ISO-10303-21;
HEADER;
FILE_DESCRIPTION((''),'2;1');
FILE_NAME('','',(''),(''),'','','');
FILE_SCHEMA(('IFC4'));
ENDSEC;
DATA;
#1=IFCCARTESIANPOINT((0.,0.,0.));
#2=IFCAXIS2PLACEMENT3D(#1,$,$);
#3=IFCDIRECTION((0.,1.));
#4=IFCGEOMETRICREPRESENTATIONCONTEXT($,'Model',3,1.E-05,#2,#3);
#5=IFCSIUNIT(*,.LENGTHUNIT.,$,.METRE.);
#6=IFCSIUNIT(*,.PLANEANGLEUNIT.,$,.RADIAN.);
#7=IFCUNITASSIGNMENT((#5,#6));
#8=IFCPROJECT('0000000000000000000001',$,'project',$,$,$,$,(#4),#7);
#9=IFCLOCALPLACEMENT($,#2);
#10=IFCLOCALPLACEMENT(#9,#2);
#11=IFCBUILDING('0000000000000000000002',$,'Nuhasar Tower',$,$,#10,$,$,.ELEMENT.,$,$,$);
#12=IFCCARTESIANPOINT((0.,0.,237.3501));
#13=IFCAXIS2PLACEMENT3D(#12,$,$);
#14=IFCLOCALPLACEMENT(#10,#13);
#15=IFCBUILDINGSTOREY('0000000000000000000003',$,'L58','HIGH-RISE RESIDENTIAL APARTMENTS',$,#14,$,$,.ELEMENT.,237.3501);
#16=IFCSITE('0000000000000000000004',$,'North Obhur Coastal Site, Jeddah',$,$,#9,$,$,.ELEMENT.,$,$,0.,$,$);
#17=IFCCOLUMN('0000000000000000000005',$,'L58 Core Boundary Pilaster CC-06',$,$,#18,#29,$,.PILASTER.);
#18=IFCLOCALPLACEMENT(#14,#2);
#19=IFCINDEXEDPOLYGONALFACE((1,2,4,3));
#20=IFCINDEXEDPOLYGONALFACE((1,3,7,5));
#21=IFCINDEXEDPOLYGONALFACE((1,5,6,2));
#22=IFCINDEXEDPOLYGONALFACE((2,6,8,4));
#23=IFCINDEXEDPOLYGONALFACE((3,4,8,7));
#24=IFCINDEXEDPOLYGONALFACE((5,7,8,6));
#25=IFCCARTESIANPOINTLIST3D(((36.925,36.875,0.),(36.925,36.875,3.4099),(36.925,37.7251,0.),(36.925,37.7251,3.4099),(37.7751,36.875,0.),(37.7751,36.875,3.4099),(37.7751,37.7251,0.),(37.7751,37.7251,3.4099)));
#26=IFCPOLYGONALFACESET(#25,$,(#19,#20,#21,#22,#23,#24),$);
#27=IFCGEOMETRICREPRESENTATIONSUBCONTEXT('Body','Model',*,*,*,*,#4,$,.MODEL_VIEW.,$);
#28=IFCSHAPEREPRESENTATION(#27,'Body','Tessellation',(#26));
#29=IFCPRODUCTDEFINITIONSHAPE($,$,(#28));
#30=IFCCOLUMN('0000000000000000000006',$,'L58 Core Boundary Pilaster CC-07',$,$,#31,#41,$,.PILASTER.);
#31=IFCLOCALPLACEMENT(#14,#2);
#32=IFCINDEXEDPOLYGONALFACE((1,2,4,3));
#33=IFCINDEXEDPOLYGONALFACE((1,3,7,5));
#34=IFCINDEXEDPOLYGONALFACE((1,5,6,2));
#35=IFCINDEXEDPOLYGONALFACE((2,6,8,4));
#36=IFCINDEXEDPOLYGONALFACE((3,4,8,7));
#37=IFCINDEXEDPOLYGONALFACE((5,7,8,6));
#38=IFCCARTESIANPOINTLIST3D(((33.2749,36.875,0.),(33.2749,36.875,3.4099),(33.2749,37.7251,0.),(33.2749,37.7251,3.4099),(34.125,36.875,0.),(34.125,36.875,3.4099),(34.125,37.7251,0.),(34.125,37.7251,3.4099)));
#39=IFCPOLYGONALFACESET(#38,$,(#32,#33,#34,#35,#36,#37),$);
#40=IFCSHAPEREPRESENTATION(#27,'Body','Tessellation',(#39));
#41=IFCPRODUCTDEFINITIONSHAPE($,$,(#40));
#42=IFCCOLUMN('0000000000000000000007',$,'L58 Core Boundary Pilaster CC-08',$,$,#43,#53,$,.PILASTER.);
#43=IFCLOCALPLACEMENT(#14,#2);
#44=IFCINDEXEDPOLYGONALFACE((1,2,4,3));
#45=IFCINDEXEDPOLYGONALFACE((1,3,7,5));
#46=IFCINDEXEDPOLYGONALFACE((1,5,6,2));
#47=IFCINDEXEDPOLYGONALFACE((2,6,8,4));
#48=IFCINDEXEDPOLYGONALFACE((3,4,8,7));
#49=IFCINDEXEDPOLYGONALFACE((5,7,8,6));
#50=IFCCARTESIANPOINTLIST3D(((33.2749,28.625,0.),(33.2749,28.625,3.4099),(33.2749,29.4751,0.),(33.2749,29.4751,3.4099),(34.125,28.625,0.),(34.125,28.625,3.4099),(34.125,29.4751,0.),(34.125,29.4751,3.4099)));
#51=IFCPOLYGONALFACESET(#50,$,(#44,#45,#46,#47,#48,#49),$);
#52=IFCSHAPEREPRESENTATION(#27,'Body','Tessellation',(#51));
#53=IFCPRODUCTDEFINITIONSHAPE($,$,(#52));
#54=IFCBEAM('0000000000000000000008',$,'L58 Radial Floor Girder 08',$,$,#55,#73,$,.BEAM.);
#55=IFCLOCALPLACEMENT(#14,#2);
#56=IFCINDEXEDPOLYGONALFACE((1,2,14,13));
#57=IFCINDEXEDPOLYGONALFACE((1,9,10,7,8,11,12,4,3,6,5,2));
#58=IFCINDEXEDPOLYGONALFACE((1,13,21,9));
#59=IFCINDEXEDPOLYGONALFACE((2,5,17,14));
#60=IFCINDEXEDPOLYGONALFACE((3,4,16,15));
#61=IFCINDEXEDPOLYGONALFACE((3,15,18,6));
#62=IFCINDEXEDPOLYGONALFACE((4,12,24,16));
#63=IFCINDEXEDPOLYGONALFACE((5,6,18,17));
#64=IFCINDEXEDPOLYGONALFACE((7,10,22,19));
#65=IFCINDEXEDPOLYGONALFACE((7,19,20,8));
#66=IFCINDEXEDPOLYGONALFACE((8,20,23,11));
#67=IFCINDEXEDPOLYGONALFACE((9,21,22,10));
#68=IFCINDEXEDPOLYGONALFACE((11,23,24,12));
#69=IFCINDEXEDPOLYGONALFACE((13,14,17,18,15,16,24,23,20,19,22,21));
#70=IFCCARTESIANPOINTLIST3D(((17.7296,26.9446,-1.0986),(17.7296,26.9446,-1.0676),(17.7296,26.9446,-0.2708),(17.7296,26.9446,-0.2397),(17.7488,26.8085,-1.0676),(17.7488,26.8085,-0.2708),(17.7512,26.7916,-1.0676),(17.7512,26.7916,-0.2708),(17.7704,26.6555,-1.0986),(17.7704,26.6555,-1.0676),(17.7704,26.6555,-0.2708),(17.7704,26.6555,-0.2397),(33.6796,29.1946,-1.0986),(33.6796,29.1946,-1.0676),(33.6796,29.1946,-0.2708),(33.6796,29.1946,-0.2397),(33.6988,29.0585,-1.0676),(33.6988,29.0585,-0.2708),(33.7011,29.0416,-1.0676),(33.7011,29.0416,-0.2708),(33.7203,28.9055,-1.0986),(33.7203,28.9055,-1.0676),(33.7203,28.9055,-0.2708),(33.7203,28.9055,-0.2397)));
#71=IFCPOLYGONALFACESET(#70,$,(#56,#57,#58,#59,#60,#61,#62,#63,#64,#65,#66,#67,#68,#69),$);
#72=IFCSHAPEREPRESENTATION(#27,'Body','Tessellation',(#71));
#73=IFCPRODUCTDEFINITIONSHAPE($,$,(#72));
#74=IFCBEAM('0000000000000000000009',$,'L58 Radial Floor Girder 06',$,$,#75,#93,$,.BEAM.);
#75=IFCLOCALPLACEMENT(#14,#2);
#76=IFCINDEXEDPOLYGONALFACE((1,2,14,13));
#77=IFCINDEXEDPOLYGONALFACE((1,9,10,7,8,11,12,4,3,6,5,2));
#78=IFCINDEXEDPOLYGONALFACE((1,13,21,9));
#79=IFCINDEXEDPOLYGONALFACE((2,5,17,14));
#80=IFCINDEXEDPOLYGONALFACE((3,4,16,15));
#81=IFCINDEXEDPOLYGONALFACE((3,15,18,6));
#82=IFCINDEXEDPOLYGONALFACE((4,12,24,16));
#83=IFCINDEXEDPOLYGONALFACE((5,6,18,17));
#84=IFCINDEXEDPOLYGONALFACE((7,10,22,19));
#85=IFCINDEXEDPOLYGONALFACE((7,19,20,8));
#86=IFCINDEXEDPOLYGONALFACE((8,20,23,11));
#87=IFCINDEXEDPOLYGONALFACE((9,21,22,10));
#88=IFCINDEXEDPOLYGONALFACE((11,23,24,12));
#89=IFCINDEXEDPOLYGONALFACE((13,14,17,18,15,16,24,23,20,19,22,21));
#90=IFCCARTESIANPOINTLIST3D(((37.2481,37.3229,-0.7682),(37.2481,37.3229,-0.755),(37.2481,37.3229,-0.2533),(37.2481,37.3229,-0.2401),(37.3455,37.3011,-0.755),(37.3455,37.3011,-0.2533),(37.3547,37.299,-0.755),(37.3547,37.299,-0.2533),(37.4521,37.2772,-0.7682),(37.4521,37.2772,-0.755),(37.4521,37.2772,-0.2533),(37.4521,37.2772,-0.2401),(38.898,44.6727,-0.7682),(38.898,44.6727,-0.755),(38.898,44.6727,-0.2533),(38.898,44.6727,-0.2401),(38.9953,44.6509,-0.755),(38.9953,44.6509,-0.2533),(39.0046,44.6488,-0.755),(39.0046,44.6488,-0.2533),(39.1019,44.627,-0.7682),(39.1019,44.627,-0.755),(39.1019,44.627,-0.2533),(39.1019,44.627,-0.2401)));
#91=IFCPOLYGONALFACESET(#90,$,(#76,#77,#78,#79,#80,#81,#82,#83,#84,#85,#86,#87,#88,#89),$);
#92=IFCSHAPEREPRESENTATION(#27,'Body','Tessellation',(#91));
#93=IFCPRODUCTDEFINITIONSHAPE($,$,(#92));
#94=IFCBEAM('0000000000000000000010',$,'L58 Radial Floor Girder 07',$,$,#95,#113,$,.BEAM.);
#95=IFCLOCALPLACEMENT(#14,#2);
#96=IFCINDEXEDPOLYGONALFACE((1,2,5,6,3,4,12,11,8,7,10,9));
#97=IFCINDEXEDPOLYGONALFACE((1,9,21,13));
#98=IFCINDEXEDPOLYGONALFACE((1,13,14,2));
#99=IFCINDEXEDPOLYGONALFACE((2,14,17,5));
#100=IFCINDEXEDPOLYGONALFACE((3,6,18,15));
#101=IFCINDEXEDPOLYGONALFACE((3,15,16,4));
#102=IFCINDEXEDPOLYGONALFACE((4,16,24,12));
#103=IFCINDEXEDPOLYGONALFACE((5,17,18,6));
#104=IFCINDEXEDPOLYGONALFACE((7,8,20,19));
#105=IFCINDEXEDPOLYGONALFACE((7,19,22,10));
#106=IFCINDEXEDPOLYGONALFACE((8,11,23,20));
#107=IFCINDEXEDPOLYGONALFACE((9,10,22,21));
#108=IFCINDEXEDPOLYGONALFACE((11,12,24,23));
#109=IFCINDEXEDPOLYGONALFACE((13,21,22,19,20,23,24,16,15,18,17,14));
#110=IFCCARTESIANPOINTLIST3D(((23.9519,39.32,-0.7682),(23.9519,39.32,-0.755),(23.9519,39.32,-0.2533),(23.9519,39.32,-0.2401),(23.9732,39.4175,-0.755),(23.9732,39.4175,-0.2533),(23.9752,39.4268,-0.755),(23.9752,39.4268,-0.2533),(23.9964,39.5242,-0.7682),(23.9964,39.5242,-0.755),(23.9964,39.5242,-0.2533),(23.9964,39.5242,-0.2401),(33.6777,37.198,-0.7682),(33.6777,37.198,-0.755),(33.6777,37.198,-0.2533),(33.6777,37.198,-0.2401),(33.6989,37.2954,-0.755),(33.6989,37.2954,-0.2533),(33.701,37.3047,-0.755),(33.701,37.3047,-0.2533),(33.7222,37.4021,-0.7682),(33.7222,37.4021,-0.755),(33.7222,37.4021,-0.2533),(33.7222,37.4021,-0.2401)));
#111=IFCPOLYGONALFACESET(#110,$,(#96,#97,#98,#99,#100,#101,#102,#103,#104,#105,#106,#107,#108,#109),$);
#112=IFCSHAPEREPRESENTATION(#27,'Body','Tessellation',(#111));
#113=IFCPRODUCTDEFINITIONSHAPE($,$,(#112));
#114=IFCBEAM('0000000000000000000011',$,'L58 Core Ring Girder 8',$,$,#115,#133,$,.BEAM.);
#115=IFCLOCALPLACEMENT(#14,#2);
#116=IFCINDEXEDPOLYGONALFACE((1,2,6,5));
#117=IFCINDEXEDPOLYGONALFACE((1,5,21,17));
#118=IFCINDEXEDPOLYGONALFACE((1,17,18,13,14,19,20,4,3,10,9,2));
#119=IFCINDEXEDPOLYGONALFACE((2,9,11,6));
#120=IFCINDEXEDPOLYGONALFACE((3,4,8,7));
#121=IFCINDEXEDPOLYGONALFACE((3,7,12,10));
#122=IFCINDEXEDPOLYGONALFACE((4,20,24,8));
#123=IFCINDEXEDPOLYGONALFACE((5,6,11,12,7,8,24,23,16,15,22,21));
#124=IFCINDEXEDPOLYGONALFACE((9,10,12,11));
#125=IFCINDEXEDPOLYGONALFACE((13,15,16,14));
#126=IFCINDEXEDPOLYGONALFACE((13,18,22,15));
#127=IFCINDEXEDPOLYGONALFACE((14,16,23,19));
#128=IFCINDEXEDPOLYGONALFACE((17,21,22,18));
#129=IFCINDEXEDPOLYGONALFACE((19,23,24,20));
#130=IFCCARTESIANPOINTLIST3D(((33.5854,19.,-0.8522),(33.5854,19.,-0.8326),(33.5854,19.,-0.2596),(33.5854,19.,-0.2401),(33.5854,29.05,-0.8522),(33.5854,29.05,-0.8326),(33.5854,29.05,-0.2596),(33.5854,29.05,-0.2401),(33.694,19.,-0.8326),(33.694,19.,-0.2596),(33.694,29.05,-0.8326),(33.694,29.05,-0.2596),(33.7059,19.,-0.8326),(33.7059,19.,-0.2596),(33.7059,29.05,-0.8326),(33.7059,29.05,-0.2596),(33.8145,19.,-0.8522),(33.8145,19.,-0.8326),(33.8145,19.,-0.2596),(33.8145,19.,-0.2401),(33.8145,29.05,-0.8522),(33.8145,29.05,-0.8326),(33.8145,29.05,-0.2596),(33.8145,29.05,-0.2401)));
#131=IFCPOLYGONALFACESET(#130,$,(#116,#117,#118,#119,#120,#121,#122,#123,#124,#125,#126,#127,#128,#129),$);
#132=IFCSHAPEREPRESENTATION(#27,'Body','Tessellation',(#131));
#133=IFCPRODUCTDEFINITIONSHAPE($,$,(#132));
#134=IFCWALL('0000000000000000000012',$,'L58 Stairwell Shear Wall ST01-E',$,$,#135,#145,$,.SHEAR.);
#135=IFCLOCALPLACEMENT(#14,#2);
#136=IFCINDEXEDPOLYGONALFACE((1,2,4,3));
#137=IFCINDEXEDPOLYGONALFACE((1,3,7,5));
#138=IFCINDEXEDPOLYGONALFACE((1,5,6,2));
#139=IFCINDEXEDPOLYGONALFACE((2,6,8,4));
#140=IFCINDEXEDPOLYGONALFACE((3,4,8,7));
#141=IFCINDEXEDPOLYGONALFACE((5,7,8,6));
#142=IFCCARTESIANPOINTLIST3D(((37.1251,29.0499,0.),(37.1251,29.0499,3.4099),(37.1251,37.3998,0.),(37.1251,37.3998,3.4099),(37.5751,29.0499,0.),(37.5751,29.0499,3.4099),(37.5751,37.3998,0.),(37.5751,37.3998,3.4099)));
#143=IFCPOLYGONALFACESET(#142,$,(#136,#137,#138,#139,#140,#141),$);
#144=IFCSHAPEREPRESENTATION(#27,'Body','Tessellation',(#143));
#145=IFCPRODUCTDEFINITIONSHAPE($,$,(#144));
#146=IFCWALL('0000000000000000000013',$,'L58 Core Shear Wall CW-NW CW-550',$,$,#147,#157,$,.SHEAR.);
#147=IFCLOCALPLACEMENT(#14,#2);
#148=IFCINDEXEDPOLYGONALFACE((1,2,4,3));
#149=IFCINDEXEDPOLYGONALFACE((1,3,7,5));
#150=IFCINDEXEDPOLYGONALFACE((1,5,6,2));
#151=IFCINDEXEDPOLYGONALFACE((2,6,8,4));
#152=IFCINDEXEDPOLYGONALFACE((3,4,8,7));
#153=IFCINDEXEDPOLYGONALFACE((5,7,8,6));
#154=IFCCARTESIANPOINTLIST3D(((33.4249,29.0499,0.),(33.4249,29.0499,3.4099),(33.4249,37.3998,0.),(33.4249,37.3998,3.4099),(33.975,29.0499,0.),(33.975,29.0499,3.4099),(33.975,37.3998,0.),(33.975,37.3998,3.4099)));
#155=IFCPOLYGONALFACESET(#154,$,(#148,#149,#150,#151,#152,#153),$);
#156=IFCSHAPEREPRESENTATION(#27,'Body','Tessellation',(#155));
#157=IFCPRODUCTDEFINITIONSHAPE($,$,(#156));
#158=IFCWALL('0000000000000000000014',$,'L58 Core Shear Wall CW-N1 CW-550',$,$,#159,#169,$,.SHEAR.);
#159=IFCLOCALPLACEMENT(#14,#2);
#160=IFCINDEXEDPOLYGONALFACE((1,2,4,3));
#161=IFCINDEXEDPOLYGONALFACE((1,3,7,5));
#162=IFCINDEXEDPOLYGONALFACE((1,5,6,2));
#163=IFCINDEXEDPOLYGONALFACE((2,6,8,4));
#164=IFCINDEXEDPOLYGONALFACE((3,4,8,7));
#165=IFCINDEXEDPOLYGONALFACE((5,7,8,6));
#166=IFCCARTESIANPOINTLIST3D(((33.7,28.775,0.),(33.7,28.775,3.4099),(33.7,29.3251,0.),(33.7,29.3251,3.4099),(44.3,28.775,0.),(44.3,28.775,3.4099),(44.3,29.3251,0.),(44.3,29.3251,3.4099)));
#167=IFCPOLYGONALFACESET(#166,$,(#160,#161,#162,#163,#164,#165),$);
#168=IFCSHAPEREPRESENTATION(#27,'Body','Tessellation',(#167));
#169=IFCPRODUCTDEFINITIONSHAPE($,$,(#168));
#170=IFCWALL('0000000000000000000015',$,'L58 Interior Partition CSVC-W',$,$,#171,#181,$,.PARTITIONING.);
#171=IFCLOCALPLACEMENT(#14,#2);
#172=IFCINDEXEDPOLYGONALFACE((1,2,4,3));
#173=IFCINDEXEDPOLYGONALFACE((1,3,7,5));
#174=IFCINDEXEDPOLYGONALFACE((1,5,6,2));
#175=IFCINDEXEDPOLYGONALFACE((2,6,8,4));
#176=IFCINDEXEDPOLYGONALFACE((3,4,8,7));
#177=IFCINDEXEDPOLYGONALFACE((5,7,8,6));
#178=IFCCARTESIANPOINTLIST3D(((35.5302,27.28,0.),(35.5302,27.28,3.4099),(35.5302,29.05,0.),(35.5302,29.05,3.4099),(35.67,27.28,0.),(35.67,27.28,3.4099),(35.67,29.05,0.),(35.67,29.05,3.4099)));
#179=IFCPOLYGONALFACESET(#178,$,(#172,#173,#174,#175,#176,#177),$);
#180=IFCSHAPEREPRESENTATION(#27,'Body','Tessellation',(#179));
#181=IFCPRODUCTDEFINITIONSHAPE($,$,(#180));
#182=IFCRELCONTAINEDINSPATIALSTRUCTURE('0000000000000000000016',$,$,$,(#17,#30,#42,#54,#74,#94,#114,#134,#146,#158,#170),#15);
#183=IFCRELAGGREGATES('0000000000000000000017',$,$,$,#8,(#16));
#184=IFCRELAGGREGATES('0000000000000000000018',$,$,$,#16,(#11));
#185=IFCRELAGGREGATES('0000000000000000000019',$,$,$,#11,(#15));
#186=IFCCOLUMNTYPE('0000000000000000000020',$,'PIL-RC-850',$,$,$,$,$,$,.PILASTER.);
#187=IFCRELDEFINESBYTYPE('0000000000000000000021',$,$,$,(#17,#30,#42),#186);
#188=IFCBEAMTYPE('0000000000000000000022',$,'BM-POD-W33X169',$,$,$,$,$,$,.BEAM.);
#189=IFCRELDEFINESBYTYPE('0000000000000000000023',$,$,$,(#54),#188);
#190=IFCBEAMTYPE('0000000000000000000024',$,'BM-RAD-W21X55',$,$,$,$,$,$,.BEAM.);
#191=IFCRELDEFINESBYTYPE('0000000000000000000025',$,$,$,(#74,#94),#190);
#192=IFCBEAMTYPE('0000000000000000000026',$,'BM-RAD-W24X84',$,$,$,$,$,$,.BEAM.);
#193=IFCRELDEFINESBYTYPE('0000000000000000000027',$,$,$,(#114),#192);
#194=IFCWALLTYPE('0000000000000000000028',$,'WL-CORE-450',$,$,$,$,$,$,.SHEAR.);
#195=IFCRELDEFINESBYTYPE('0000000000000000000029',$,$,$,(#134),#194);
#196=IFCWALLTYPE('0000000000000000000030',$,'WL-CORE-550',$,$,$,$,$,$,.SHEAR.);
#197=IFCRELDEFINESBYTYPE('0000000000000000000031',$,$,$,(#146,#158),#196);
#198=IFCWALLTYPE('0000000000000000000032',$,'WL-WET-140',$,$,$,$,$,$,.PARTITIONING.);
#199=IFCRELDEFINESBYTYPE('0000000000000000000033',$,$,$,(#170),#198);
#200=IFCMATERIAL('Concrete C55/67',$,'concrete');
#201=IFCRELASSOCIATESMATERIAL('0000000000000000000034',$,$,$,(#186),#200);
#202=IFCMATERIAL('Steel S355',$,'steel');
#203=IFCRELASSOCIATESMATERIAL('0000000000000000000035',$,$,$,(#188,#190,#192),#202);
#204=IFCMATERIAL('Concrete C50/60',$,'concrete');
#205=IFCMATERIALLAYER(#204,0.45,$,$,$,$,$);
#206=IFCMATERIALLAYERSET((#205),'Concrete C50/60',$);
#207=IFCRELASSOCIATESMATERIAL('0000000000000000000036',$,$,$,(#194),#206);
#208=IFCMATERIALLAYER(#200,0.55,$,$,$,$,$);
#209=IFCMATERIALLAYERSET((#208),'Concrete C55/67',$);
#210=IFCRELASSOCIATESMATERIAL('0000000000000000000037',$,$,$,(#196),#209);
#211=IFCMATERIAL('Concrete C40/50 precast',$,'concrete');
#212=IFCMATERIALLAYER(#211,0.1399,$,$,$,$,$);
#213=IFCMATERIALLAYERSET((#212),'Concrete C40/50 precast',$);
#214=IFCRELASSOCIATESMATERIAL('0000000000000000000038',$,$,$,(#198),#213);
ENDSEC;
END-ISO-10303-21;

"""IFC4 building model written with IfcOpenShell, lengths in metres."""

from ifc_helpers import new_model, si_unit, direction, frame, frame_2d, origin, origin_2d, place, context, subcontext, project, spatial, rectangle, i_section, extrude, material, layer, layer_set, material_profile, profile_set, type_object, element, save


model = new_model("IFC4")

# Units and contexts
model_context = context("Model", 3, precision=1e-05, world=origin(), true_north=direction((0.0, 1.0)))
body_context = subcontext(model_context, "Body", "Model", "MODEL_VIEW")
ifc_project = project(units=[si_unit("LENGTHUNIT", "METRE"), si_unit("PLANEANGLEUNIT", "RADIAN")], contexts=[model_context])

# Site, building, storey
site_placement = place(None, origin())
site = spatial("IfcSite", under=ifc_project, at=site_placement, Name="North Obhur Coastal Site, Jeddah", CompositionType="ELEMENT", RefElevation=0.0)
building_placement = place(site_placement, origin())
building = spatial("IfcBuilding", under=site, at=building_placement, Name="Nuhasar Tower", CompositionType="ELEMENT")
storey_placement = place(building_placement, frame((0.0, 0.0, 237.3501)))
storey = spatial("IfcBuildingStorey", under=building, at=storey_placement, Name="L58", Description="HIGH-RISE RESIDENTIAL APARTMENTS", CompositionType="ELEMENT", Elevation=237.3501)

# Columns
ifc_material_1 = material(Name="Concrete C55/67", Category="concrete")
ifc_material_profile_1 = material_profile(ifc_material_1, rectangle(XDim=0.8501, YDim=0.8501, at=origin_2d()), Name="RC850X850")
ifc_profile_set_1 = profile_set([ifc_material_profile_1], Name="Concrete C55/67")
column_type = type_object("IfcColumnType", Name="PIL-RC-850", PredefinedType="PILASTER", material=ifc_profile_set_1)
for number, where, z_axis, x_axis, name in (
    (1, (37.3501, 37.3, 0.0), (0.0, 0.0, 1.0), (1.0, 0.0, 0.0), "L58 Core Boundary Pilaster CC-06"),
    (2, (33.7, 37.3, 0.0), (0.0, 0.0, 1.0), (1.0, 0.0, 0.0), "L58 Core Boundary Pilaster CC-07"),
    (3, (33.7, 29.05, 0.0), (0.0, 0.0, 1.0), (1.0, 0.0, 0.0), "L58 Core Boundary Pilaster CC-08"),
):
    element("IfcColumn", number, at=place(storey_placement, frame(where, z_axis=z_axis, x_axis=x_axis)), inside=storey, type_object=column_type, Name=name, PredefinedType="PILASTER", context=body_context, shape_type="SweptSolid", body=[
        extrude(rectangle(XDim=0.8501, YDim=0.8501, at=origin_2d()), origin(), (0.0, 0.0, 1.0), 3.4099),
    ])

# Beams
ifc_material_2 = material(Name="Steel S355", Category="steel")
ifc_material_profile_2 = material_profile(ifc_material_2, i_section(OverallWidth=0.292, OverallDepth=0.8589, WebThickness=0.0171, FlangeThickness=0.031, at=origin_2d()), Name="W33X169")
ifc_profile_set_2 = profile_set([ifc_material_profile_2], Name="Steel S355")
beam_type_1 = type_object("IfcBeamType", Name="BM-POD-W33X169", PredefinedType="BEAM", material=ifc_profile_set_2)
beam_1_placement = place(storey_placement, frame((33.7, 29.05, -0.6692), z_axis=(-0.990196, -0.139683, 0.0), x_axis=(0.139683, -0.990196, 0.0)))
element("IfcBeam", 4, at=beam_1_placement, inside=storey, type_object=beam_type_1, Name="L58 Radial Floor Girder 08", PredefinedType="BEAM", context=body_context, shape_type="SweptSolid", body=[
    extrude(i_section(OverallWidth=0.292, OverallDepth=0.8589, WebThickness=0.0171, FlangeThickness=0.031, at=origin_2d()), origin(), (0.0, 0.0, 1.0), 16.1079),
])
ifc_material_profile_3 = material_profile(ifc_material_2, i_section(OverallWidth=0.209, OverallDepth=0.5281, WebThickness=0.0095, FlangeThickness=0.0132, at=origin_2d()), Name="W21X55")
ifc_profile_set_3 = profile_set([ifc_material_profile_3], Name="Steel S355")
beam_type_2 = type_object("IfcBeamType", Name="BM-RAD-W21X55", PredefinedType="BEAM", material=ifc_profile_set_3)
beam_2_placement = place(storey_placement, frame((37.3501, 37.3, -0.5042), z_axis=(0.21903, 0.975718, 0.0), x_axis=(-0.975718, 0.21903, 0.0)))
element("IfcBeam", 5, at=beam_2_placement, inside=storey, type_object=beam_type_2, Name="L58 Radial Floor Girder 06", PredefinedType="BEAM", context=body_context, shape_type="SweptSolid", body=[
    extrude(i_section(OverallWidth=0.209, OverallDepth=0.5281, WebThickness=0.0095, FlangeThickness=0.0132, at=origin_2d()), origin(), (0.0, 0.0, 1.0), 7.5327),
])
beam_3_placement = place(storey_placement, frame((33.7, 37.3, -0.5042), z_axis=(-0.977014, 0.213174, 0.0), x_axis=(-0.213174, -0.977014, 0.0)))
element("IfcBeam", 6, at=beam_3_placement, inside=storey, type_object=beam_type_2, Name="L58 Radial Floor Girder 07", PredefinedType="BEAM", context=body_context, shape_type="SweptSolid", body=[
    extrude(i_section(OverallWidth=0.209, OverallDepth=0.5281, WebThickness=0.0095, FlangeThickness=0.0132, at=origin_2d()), origin(), (0.0, 0.0, 1.0), 9.9546),
])
ifc_material_profile_4 = material_profile(ifc_material_2, i_section(OverallWidth=0.229, OverallDepth=0.6121, WebThickness=0.012, FlangeThickness=0.0195, at=origin_2d()), Name="W24X84")
ifc_profile_set_4 = profile_set([ifc_material_profile_4], Name="Steel S355")
beam_type_3 = type_object("IfcBeamType", Name="BM-RAD-W24X84", PredefinedType="BEAM", material=ifc_profile_set_4)
beam_4_placement = place(storey_placement, frame((33.7, 29.05, -0.5461), z_axis=(0.0, -1.0, 0.0), x_axis=(1.0, 0.0, 0.0)))
element("IfcBeam", 7, at=beam_4_placement, inside=storey, type_object=beam_type_3, Name="L58 Core Ring Girder 8", PredefinedType="BEAM", context=body_context, shape_type="SweptSolid", body=[
    extrude(i_section(OverallWidth=0.229, OverallDepth=0.6121, WebThickness=0.012, FlangeThickness=0.0195, at=origin_2d()), origin(), (0.0, 0.0, 1.0), 10.05),
])

# Walls
ifc_material_3 = material(Name="Concrete C50/60", Category="concrete")
ifc_layer_1 = layer(ifc_material_3, 0.45)
ifc_layer_set_1 = layer_set([ifc_layer_1], Name="Concrete C50/60")
wall_type_1 = type_object("IfcWallType", Name="WL-CORE-450", PredefinedType="SHEAR", material=ifc_layer_set_1)
wall_1_placement = place(storey_placement, frame((37.3501, 29.05, 0.0), z_axis=(0.0, 0.0, 1.0), x_axis=(0.0, 1.0, 0.0)))
element("IfcWall", 8, at=wall_1_placement, inside=storey, type_object=wall_type_1, Name="L58 Stairwell Shear Wall ST01-E", PredefinedType="SHEAR", context=body_context, shape_type="SweptSolid", body=[
    extrude(rectangle(XDim=8.3499, YDim=0.45, at=frame_2d((4.1748, 0.0))), origin(), (0.0, 0.0, 1.0), 3.4099),
])
ifc_layer_2 = layer(ifc_material_1, 0.55)
ifc_layer_set_2 = layer_set([ifc_layer_2], Name="Concrete C55/67")
wall_type_2 = type_object("IfcWallType", Name="WL-CORE-550", PredefinedType="SHEAR", material=ifc_layer_set_2)
wall_2_placement = place(storey_placement, frame((33.7, 29.05, 0.0), z_axis=(0.0, 0.0, 1.0), x_axis=(0.0, 1.0, 0.0)))
element("IfcWall", 9, at=wall_2_placement, inside=storey, type_object=wall_type_2, Name="L58 Core Shear Wall CW-NW CW-550", PredefinedType="SHEAR", context=body_context, shape_type="SweptSolid", body=[
    extrude(rectangle(XDim=8.3499, YDim=0.55, at=frame_2d((4.1748, 0.0))), origin(), (0.0, 0.0, 1.0), 3.4099),
])
wall_3_placement = place(storey_placement, frame((33.7, 29.05, 0.0), z_axis=(0.0, 0.0, 1.0), x_axis=(1.0, 0.0, 0.0)))
element("IfcWall", 10, at=wall_3_placement, inside=storey, type_object=wall_type_2, Name="L58 Core Shear Wall CW-N1 CW-550", PredefinedType="SHEAR", context=body_context, shape_type="SweptSolid", body=[
    extrude(rectangle(XDim=10.6001, YDim=0.55, at=frame_2d((5.3, 0.0))), origin(), (0.0, 0.0, 1.0), 3.4099),
])
ifc_material_4 = material(Name="Concrete C40/50 precast", Category="concrete")
ifc_layer_3 = layer(ifc_material_4, 0.1399)
ifc_layer_set_3 = layer_set([ifc_layer_3], Name="Concrete C40/50 precast")
wall_type_3 = type_object("IfcWallType", Name="WL-WET-140", PredefinedType="PARTITIONING", material=ifc_layer_set_3)
wall_4_placement = place(storey_placement, frame((35.6001, 27.28, 0.0), z_axis=(0.0, 0.0, 1.0), x_axis=(0.0, 1.0, 0.0)))
element("IfcWall", 11, at=wall_4_placement, inside=storey, type_object=wall_type_3, Name="L58 Interior Partition CSVC-W", PredefinedType="PARTITIONING", context=body_context, shape_type="SweptSolid", body=[
    extrude(rectangle(XDim=1.77, YDim=0.1399, at=frame_2d((0.885, 0.0))), origin(), (0.0, 0.0, 1.0), 3.4099),
])

save(model, "model.ifc")
